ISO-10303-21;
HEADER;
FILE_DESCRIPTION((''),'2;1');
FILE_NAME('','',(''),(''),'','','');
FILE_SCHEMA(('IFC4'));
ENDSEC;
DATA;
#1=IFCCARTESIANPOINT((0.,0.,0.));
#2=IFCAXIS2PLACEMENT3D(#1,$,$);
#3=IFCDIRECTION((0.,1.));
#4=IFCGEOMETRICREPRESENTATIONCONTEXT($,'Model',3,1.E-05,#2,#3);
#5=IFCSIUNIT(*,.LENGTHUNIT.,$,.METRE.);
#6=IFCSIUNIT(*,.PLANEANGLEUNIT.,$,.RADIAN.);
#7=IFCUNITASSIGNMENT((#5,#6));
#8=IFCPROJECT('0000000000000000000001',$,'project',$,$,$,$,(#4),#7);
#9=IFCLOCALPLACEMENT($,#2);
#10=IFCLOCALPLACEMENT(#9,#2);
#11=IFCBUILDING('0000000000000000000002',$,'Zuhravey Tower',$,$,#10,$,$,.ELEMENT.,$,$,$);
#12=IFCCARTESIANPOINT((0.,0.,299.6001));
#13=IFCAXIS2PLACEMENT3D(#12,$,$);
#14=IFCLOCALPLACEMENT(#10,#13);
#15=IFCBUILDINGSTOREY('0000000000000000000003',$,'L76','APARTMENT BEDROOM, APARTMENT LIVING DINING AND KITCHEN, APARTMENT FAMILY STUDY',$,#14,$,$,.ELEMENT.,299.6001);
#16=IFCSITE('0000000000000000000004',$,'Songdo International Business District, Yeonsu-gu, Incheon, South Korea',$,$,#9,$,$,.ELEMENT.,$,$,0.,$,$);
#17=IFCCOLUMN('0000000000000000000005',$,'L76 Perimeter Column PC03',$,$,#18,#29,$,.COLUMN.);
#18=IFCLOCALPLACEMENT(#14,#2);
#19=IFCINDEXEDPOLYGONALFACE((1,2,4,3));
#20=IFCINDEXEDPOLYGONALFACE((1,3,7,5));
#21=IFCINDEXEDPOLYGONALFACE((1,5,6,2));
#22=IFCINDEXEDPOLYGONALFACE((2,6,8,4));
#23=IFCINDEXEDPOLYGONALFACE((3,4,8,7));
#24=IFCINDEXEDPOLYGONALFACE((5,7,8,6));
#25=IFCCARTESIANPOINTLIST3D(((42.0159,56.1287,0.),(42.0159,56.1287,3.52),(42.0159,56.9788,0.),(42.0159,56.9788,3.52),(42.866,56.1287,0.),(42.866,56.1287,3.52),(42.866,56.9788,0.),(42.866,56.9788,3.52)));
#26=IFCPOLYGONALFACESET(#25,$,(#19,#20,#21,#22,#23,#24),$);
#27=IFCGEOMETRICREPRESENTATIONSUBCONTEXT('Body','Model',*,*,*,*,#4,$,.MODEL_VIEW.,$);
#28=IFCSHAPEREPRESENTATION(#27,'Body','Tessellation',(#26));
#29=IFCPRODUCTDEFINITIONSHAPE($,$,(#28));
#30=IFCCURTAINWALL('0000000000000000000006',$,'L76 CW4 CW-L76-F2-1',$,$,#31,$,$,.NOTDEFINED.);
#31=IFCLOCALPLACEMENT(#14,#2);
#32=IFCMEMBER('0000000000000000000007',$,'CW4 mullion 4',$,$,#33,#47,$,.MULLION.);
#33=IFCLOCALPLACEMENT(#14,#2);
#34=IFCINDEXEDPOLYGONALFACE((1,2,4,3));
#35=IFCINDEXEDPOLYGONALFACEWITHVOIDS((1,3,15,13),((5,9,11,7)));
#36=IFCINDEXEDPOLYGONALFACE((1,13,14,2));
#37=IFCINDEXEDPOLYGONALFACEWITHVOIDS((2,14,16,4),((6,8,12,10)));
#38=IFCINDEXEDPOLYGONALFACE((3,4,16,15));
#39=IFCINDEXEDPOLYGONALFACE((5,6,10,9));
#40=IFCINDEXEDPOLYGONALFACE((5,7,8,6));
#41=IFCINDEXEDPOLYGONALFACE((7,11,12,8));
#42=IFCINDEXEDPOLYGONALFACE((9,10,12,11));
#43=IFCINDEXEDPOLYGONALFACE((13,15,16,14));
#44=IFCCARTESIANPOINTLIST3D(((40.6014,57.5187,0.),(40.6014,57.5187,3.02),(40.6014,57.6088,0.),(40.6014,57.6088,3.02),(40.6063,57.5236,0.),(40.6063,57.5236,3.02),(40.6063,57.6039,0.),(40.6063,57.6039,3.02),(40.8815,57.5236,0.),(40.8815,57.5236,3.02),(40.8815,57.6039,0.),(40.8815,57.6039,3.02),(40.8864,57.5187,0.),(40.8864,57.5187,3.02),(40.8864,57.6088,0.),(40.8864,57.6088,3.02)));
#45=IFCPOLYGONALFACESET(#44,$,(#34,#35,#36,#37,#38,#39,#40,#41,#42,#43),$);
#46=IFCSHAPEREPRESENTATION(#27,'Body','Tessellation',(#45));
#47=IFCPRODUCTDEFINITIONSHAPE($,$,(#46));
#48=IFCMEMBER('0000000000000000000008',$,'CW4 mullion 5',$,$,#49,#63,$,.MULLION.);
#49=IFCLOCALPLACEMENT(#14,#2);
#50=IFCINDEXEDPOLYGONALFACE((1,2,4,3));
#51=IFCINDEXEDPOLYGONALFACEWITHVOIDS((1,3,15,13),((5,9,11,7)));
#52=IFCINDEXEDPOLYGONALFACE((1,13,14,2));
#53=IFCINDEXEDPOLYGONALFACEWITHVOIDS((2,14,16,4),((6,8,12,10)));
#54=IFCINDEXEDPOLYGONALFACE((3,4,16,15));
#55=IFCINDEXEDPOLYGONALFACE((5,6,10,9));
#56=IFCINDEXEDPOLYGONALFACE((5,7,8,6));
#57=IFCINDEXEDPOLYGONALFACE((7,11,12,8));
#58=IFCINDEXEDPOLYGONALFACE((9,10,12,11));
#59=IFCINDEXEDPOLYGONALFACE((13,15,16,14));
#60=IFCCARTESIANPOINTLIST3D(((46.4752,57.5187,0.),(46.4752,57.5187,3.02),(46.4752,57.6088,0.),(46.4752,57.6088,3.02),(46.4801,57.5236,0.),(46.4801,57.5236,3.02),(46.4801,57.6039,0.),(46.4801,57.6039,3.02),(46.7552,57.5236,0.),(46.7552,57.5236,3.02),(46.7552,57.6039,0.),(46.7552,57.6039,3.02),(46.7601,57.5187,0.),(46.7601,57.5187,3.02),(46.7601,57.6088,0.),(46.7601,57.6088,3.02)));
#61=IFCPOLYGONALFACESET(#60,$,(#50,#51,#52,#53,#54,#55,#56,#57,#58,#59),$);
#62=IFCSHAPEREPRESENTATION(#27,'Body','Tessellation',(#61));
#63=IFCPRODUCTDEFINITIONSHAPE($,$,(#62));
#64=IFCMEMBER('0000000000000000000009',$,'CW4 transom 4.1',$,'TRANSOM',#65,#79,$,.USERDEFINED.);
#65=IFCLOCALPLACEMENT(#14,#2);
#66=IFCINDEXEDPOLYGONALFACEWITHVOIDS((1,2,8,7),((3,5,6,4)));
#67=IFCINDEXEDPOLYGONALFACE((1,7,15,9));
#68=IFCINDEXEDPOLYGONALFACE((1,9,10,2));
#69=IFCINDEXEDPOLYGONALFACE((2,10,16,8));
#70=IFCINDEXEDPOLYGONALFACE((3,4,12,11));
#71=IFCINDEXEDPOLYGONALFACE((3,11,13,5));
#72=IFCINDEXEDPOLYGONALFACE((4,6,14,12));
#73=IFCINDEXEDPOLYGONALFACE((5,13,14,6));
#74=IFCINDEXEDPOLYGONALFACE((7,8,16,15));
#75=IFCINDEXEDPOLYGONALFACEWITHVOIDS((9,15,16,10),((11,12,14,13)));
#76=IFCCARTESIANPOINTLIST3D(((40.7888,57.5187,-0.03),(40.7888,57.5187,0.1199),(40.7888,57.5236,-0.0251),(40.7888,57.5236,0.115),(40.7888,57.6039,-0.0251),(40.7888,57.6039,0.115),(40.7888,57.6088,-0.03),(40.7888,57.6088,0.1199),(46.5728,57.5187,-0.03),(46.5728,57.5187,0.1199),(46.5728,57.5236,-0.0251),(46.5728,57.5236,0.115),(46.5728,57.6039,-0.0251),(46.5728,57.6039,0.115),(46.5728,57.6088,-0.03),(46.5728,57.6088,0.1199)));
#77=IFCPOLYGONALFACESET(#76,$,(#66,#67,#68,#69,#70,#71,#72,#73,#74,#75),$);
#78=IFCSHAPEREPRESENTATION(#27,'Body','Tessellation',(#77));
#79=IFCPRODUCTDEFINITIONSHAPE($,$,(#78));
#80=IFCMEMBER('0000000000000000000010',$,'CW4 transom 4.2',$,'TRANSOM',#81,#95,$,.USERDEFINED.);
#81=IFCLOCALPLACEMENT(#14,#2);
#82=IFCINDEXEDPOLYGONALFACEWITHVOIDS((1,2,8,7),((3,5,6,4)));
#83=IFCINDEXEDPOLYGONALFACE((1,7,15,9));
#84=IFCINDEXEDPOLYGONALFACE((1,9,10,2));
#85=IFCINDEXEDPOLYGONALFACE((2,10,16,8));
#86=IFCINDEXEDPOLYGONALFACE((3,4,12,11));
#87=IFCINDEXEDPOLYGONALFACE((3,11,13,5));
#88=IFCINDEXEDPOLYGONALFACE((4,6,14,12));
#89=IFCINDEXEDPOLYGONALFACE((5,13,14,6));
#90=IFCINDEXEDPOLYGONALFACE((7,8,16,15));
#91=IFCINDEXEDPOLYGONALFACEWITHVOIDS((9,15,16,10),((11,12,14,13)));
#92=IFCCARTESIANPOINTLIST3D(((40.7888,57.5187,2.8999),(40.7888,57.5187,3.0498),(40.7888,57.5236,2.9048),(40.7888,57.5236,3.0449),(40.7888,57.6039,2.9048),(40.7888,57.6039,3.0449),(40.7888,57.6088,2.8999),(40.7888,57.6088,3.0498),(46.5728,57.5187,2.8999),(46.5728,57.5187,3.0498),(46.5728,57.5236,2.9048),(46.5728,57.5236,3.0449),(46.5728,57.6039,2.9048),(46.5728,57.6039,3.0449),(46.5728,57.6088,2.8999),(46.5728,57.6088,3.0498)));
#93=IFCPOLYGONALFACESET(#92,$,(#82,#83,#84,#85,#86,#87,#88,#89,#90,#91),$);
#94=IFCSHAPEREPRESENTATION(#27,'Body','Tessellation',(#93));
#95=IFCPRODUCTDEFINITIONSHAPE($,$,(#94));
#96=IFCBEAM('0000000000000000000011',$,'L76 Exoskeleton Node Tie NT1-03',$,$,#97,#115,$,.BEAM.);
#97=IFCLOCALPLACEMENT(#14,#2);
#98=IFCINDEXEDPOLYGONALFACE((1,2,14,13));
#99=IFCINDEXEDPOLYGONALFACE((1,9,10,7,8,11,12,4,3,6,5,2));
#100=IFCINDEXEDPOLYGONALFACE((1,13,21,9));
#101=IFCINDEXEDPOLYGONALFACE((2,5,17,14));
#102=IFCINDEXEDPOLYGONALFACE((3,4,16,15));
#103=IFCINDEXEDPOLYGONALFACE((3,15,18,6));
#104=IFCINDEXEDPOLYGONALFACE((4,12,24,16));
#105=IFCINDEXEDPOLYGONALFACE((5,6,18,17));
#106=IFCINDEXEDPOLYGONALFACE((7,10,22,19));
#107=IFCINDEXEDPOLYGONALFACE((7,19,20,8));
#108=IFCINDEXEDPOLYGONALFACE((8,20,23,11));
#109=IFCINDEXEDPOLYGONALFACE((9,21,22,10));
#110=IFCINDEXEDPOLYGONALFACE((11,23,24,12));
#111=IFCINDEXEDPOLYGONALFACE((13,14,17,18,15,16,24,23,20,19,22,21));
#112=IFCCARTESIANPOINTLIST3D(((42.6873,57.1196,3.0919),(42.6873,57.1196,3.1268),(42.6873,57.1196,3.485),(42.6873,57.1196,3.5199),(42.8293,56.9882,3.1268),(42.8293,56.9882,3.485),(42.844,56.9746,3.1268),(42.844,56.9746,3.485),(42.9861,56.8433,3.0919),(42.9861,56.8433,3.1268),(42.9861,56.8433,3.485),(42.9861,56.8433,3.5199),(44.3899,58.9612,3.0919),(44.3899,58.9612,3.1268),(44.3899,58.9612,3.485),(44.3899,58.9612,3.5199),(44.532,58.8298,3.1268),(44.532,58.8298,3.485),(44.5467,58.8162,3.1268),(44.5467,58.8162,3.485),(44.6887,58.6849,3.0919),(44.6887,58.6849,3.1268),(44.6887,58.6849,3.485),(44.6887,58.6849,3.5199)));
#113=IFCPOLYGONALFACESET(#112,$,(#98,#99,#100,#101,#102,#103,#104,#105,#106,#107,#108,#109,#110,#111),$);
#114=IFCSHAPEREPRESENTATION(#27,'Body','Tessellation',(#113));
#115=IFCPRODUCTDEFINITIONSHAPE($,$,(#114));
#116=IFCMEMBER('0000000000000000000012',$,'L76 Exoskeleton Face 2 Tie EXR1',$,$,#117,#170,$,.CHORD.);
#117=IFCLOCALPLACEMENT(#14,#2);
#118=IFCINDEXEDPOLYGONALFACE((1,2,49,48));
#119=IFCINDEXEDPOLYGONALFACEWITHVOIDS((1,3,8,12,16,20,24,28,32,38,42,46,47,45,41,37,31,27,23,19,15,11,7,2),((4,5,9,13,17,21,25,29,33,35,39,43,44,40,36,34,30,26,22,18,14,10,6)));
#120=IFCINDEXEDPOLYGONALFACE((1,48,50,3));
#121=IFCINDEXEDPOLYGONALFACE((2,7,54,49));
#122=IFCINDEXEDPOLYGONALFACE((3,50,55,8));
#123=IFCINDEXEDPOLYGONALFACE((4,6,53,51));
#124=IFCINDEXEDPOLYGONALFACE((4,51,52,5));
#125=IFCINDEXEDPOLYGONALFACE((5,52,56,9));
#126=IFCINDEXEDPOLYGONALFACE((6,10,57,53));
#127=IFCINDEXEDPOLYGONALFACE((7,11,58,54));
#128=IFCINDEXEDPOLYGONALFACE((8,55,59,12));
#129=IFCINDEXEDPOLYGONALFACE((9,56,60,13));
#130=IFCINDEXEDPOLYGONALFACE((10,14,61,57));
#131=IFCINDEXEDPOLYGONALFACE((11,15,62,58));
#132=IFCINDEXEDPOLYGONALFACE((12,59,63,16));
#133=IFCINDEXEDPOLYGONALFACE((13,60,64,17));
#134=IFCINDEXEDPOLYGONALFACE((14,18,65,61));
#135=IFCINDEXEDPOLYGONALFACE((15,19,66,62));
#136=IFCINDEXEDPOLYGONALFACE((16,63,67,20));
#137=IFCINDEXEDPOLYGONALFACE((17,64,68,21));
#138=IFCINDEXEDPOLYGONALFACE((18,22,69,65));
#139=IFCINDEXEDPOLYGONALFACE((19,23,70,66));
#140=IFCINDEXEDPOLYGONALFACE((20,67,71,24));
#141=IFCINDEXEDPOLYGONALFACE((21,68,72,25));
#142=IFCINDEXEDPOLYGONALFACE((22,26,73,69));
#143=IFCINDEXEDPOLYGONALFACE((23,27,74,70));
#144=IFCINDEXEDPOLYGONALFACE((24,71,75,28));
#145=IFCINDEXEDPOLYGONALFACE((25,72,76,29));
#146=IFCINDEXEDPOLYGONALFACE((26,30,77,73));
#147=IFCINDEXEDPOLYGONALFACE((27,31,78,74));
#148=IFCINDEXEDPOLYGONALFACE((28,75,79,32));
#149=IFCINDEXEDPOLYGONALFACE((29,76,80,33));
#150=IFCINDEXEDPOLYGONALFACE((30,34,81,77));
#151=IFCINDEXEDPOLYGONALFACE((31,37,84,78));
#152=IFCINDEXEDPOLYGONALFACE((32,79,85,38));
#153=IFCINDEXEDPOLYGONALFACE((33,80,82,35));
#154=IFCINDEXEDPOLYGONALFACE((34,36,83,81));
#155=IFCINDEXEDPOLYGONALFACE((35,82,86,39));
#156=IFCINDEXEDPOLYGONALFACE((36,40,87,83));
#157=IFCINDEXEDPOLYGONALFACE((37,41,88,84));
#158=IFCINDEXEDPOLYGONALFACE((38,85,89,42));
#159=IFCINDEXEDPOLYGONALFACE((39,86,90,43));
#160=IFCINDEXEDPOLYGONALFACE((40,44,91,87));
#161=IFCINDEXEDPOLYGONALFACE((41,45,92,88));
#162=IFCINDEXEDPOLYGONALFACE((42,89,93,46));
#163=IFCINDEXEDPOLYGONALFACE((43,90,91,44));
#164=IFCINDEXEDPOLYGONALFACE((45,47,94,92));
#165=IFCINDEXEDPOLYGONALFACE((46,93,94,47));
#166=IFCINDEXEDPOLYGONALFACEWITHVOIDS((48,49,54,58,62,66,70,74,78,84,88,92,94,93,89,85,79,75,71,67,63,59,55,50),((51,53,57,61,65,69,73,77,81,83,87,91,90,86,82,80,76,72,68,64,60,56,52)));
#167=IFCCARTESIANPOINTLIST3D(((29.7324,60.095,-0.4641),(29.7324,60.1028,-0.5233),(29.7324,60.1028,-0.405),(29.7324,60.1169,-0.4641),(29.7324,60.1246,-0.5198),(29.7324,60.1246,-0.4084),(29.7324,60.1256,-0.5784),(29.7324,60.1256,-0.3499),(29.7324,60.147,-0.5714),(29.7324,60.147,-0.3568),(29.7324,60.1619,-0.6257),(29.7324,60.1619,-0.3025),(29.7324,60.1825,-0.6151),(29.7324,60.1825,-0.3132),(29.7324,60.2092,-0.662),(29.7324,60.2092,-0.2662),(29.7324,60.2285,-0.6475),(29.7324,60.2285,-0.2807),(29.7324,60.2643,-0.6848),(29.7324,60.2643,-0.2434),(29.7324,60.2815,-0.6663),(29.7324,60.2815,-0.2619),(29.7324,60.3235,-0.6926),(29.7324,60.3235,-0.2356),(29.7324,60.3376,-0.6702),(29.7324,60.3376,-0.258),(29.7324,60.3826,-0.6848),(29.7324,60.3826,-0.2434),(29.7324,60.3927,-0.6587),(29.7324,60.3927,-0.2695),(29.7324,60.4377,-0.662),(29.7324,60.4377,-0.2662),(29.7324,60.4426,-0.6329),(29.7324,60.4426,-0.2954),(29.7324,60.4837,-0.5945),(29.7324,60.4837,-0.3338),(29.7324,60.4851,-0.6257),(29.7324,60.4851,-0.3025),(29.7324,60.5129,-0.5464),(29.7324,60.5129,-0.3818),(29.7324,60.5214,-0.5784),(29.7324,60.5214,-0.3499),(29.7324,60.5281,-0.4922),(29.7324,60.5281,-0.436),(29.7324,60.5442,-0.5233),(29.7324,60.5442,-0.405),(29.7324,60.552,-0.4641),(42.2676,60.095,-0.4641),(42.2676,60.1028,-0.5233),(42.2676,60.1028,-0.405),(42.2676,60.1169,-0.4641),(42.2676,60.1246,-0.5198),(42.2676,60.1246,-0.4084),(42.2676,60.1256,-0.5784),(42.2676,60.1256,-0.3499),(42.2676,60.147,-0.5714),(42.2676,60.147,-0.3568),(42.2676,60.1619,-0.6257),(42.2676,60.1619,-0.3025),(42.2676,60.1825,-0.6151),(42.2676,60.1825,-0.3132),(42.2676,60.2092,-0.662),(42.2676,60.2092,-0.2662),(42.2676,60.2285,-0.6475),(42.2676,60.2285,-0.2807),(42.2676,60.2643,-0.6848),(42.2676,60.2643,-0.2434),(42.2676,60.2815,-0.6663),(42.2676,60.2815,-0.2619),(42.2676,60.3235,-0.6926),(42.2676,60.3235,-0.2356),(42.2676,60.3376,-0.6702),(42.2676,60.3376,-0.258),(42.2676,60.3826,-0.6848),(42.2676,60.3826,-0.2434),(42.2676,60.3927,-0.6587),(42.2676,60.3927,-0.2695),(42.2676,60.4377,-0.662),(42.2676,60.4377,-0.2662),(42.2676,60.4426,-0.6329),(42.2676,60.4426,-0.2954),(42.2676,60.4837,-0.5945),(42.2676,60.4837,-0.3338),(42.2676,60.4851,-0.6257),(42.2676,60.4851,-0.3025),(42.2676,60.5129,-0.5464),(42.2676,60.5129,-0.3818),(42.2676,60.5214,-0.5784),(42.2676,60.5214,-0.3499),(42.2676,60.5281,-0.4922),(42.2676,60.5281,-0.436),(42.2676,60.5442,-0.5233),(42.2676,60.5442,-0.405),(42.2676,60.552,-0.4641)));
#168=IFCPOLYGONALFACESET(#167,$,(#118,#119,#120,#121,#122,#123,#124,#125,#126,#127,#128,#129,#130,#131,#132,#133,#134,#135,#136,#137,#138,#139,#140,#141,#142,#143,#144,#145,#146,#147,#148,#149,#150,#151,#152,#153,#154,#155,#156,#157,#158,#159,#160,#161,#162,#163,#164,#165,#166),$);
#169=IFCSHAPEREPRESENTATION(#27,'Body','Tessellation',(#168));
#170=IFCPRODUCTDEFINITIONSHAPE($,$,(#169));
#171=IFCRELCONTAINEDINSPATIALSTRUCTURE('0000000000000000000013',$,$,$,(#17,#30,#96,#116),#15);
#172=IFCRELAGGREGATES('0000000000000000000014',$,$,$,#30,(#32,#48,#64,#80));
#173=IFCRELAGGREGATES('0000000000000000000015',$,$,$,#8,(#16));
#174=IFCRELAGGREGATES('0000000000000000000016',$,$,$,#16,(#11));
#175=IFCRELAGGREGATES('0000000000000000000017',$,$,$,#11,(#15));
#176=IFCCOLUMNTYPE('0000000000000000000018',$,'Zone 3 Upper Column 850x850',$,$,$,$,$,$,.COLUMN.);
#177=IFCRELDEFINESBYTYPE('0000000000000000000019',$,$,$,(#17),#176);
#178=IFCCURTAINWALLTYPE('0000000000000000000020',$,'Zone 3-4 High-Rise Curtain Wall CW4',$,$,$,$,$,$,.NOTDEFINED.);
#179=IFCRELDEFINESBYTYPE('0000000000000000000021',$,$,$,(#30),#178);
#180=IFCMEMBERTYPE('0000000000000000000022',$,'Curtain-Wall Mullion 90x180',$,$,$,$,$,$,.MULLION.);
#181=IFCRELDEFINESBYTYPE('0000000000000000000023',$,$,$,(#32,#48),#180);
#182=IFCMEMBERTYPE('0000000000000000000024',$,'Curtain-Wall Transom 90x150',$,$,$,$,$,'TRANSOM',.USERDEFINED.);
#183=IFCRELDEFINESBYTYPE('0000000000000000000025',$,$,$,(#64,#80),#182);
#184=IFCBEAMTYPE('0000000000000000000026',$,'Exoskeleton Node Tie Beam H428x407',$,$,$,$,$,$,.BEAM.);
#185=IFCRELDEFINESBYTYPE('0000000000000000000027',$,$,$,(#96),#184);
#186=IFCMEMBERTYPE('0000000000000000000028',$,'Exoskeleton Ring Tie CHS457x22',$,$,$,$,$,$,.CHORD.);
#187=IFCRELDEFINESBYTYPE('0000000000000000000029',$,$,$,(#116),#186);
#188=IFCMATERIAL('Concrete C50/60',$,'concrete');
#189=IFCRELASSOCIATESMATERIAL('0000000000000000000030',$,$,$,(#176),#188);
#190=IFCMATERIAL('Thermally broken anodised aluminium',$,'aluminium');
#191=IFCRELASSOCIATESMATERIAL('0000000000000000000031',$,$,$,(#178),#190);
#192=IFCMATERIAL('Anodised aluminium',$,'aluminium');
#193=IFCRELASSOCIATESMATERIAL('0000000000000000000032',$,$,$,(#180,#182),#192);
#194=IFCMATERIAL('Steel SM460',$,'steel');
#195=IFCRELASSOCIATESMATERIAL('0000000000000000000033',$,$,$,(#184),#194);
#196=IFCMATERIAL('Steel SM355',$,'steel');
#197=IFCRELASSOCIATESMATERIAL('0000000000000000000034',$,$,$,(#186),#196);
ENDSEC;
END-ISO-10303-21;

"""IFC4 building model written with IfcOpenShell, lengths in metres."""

from ifc_helpers import new_model, si_unit, direction, frame, origin, origin_2d, place, context, subcontext, project, spatial, rectangle, hollow_rectangle, hollow_circle, i_section, extrude, material, material_profile, profile_set, type_object, element, aggregate, save


model = new_model("IFC4")

# Units and contexts
model_context = context("Model", 3, precision=1e-05, world=origin(), true_north=direction((0.0, 1.0)))
body_context = subcontext(model_context, "Body", "Model", "MODEL_VIEW")
ifc_project = project(units=[si_unit("LENGTHUNIT", "METRE"), si_unit("PLANEANGLEUNIT", "RADIAN")], contexts=[model_context])

# Site, building, storey
site_placement = place(None, origin())
site = spatial("IfcSite", under=ifc_project, at=site_placement, Name="Songdo International Business District, Yeonsu-gu, Incheon, South Korea", CompositionType="ELEMENT", RefElevation=0.0)
building_placement = place(site_placement, origin())
building = spatial("IfcBuilding", under=site, at=building_placement, Name="Zuhravey Tower", CompositionType="ELEMENT")
storey_placement = place(building_placement, frame((0.0, 0.0, 299.6001)))
storey = spatial("IfcBuildingStorey", under=building, at=storey_placement, Name="L76", Description="APARTMENT BEDROOM, APARTMENT LIVING DINING AND KITCHEN, APARTMENT FAMILY STUDY", CompositionType="ELEMENT", Elevation=299.6001)

# Column
ifc_material_1 = material(Name="Concrete C50/60", Category="concrete")
ifc_material_profile_1 = material_profile(ifc_material_1, rectangle(XDim=0.8501, YDim=0.8501, at=origin_2d()), Name="RC-850x850")
ifc_profile_set_1 = profile_set([ifc_material_profile_1], Name="Concrete C50/60")
column_type = type_object("IfcColumnType", Name="Zone 3 Upper Column 850x850", PredefinedType="COLUMN", material=ifc_profile_set_1)
column_placement = place(storey_placement, frame((42.4409, 56.5537, 0.0), z_axis=(0.0, 0.0, 1.0), x_axis=(-1.0, 0.0, 0.0)))
element("IfcColumn", 1, at=column_placement, inside=storey, type_object=column_type, Name="L76 Perimeter Column PC03", PredefinedType="COLUMN", context=body_context, shape_type="SweptSolid", body=[
    extrude(rectangle(XDim=0.8501, YDim=0.8501, at=origin_2d()), origin(), (0.0, 0.0, 1.0), 3.52),
])

# Curtain wall, members
ifc_material_2 = material(Name="Thermally broken anodised aluminium", Category="aluminium")
curtain_wall_type = type_object("IfcCurtainWallType", Name="Zone 3-4 High-Rise Curtain Wall CW4", PredefinedType="NOTDEFINED", material=ifc_material_2)
curtain_wall_placement = place(storey_placement, origin())
curtain_wall = element("IfcCurtainWall", 2, at=curtain_wall_placement, inside=storey, type_object=curtain_wall_type, Name="L76 CW4 CW-L76-F2-1", PredefinedType="NOTDEFINED")
ifc_material_3 = material(Name="Anodised aluminium", Category="aluminium")
ifc_material_profile_2 = material_profile(ifc_material_3, hollow_rectangle(XDim=0.0901, YDim=0.2849, WallThickness=0.0049, at=origin_2d()), Name="ALU-RHS-90x285x5")
ifc_profile_set_2 = profile_set([ifc_material_profile_2], Name="Anodised aluminium")
member_type_1 = type_object("IfcMemberType", Name="Curtain-Wall Mullion 90x180", PredefinedType="MULLION", material=ifc_profile_set_2)
member_1_placement = place(storey_placement, frame((40.7439, 57.5637, 0.0), z_axis=(0.0, 0.0, 1.0), x_axis=(0.0, 1.0, 0.0)))
member_1 = element("IfcMember", 3, at=member_1_placement, type_object=member_type_1, Name="CW4 mullion 4", PredefinedType="MULLION", context=body_context, shape_type="SweptSolid", body=[
    extrude(hollow_rectangle(XDim=0.0901, YDim=0.2849, WallThickness=0.0049, at=origin_2d()), origin(), (0.0, 0.0, 1.0), 3.02),
])
member_2_placement = place(storey_placement, frame((46.6177, 57.5637, 0.0), z_axis=(0.0, 0.0, 1.0), x_axis=(0.0, 1.0, 0.0)))
member_2 = element("IfcMember", 4, at=member_2_placement, type_object=member_type_1, Name="CW4 mullion 5", PredefinedType="MULLION", context=body_context, shape_type="SweptSolid", body=[
    extrude(hollow_rectangle(XDim=0.0901, YDim=0.2849, WallThickness=0.0049, at=origin_2d()), origin(), (0.0, 0.0, 1.0), 3.02),
])
ifc_material_profile_3 = material_profile(ifc_material_3, hollow_rectangle(XDim=0.0901, YDim=0.1499, WallThickness=0.0049, at=origin_2d()), Name="ALU-RHS-90x150x5")
ifc_profile_set_3 = profile_set([ifc_material_profile_3], Name="Anodised aluminium")
member_type_2 = type_object("IfcMemberType", Name="Curtain-Wall Transom 90x150", ElementType="TRANSOM", PredefinedType="USERDEFINED", material=ifc_profile_set_3)
member_3_placement = place(storey_placement, frame((40.7888, 57.5637, 0.0449), z_axis=(1.0, 0.0, 0.0), x_axis=(0.0, 1.0, 0.0)))
member_3 = element("IfcMember", 5, at=member_3_placement, type_object=member_type_2, Name="CW4 transom 4.1", ObjectType="TRANSOM", PredefinedType="USERDEFINED", context=body_context, shape_type="SweptSolid", body=[
    extrude(hollow_rectangle(XDim=0.0901, YDim=0.1499, WallThickness=0.0049, at=origin_2d()), origin(), (0.0, 0.0, 1.0), 5.7839),
])
member_4_placement = place(storey_placement, frame((40.7888, 57.5637, 2.9749), z_axis=(1.0, 0.0, 0.0), x_axis=(0.0, 1.0, 0.0)))
member_4 = element("IfcMember", 6, at=member_4_placement, type_object=member_type_2, Name="CW4 transom 4.2", ObjectType="TRANSOM", PredefinedType="USERDEFINED", context=body_context, shape_type="SweptSolid", body=[
    extrude(hollow_rectangle(XDim=0.0901, YDim=0.1499, WallThickness=0.0049, at=origin_2d()), origin(), (0.0, 0.0, 1.0), 5.7839),
])

# Beam
ifc_material_4 = material(Name="Steel SM460", Category="steel")
ifc_material_profile_4 = material_profile(ifc_material_4, i_section(OverallWidth=0.407, OverallDepth=0.428, WebThickness=0.02, FlangeThickness=0.0349, at=origin_2d()), Name="H-428x407x20x35")
ifc_profile_set_4 = profile_set([ifc_material_profile_4], Name="Steel SM460")
beam_type_1 = type_object("IfcBeamType", Name="Exoskeleton Node Tie Beam H428x407", PredefinedType="BEAM", material=ifc_profile_set_4)
beam_1_placement = place(storey_placement, frame((42.8367, 56.9814, 3.3059), z_axis=(0.67887, 0.734258, 0.0), x_axis=(-0.734258, 0.67887, 0.0)))
element("IfcBeam", 7, at=beam_1_placement, inside=storey, type_object=beam_type_1, Name="L76 Exoskeleton Node Tie NT1-03", PredefinedType="BEAM", context=body_context, shape_type="SweptSolid", body=[
    extrude(i_section(OverallWidth=0.407, OverallDepth=0.428, WebThickness=0.02, FlangeThickness=0.0349, at=origin_2d()), origin(), (0.0, 0.0, 1.0), 2.5081),
])

# Member
ifc_material_5 = material(Name="Steel SM355", Category="steel")
ifc_material_profile_5 = material_profile(ifc_material_5, hollow_circle(Radius=0.2285, WallThickness=0.022, at=origin_2d()), Name="CHS-457.2x22")
ifc_profile_set_5 = profile_set([ifc_material_profile_5], Name="Steel SM355")
member_type_3 = type_object("IfcMemberType", Name="Exoskeleton Ring Tie CHS457x22", PredefinedType="CHORD", material=ifc_profile_set_5)
member_5_placement = place(storey_placement, frame((42.2676, 60.3235, -0.4641), z_axis=(-1.0, 0.0, 0.0), x_axis=(0.0, -1.0, 0.0)))
element("IfcMember", 8, at=member_5_placement, inside=storey, type_object=member_type_3, Name="L76 Exoskeleton Face 2 Tie EXR1", PredefinedType="CHORD", context=body_context, shape_type="SweptSolid", body=[
    extrude(hollow_circle(Radius=0.2285, WallThickness=0.022, at=origin_2d()), origin(), (0.0, 0.0, 1.0), 12.5352),
])

aggregate(curtain_wall, [member_1, member_2, member_3, member_4])

save(model, "model.ifc")
